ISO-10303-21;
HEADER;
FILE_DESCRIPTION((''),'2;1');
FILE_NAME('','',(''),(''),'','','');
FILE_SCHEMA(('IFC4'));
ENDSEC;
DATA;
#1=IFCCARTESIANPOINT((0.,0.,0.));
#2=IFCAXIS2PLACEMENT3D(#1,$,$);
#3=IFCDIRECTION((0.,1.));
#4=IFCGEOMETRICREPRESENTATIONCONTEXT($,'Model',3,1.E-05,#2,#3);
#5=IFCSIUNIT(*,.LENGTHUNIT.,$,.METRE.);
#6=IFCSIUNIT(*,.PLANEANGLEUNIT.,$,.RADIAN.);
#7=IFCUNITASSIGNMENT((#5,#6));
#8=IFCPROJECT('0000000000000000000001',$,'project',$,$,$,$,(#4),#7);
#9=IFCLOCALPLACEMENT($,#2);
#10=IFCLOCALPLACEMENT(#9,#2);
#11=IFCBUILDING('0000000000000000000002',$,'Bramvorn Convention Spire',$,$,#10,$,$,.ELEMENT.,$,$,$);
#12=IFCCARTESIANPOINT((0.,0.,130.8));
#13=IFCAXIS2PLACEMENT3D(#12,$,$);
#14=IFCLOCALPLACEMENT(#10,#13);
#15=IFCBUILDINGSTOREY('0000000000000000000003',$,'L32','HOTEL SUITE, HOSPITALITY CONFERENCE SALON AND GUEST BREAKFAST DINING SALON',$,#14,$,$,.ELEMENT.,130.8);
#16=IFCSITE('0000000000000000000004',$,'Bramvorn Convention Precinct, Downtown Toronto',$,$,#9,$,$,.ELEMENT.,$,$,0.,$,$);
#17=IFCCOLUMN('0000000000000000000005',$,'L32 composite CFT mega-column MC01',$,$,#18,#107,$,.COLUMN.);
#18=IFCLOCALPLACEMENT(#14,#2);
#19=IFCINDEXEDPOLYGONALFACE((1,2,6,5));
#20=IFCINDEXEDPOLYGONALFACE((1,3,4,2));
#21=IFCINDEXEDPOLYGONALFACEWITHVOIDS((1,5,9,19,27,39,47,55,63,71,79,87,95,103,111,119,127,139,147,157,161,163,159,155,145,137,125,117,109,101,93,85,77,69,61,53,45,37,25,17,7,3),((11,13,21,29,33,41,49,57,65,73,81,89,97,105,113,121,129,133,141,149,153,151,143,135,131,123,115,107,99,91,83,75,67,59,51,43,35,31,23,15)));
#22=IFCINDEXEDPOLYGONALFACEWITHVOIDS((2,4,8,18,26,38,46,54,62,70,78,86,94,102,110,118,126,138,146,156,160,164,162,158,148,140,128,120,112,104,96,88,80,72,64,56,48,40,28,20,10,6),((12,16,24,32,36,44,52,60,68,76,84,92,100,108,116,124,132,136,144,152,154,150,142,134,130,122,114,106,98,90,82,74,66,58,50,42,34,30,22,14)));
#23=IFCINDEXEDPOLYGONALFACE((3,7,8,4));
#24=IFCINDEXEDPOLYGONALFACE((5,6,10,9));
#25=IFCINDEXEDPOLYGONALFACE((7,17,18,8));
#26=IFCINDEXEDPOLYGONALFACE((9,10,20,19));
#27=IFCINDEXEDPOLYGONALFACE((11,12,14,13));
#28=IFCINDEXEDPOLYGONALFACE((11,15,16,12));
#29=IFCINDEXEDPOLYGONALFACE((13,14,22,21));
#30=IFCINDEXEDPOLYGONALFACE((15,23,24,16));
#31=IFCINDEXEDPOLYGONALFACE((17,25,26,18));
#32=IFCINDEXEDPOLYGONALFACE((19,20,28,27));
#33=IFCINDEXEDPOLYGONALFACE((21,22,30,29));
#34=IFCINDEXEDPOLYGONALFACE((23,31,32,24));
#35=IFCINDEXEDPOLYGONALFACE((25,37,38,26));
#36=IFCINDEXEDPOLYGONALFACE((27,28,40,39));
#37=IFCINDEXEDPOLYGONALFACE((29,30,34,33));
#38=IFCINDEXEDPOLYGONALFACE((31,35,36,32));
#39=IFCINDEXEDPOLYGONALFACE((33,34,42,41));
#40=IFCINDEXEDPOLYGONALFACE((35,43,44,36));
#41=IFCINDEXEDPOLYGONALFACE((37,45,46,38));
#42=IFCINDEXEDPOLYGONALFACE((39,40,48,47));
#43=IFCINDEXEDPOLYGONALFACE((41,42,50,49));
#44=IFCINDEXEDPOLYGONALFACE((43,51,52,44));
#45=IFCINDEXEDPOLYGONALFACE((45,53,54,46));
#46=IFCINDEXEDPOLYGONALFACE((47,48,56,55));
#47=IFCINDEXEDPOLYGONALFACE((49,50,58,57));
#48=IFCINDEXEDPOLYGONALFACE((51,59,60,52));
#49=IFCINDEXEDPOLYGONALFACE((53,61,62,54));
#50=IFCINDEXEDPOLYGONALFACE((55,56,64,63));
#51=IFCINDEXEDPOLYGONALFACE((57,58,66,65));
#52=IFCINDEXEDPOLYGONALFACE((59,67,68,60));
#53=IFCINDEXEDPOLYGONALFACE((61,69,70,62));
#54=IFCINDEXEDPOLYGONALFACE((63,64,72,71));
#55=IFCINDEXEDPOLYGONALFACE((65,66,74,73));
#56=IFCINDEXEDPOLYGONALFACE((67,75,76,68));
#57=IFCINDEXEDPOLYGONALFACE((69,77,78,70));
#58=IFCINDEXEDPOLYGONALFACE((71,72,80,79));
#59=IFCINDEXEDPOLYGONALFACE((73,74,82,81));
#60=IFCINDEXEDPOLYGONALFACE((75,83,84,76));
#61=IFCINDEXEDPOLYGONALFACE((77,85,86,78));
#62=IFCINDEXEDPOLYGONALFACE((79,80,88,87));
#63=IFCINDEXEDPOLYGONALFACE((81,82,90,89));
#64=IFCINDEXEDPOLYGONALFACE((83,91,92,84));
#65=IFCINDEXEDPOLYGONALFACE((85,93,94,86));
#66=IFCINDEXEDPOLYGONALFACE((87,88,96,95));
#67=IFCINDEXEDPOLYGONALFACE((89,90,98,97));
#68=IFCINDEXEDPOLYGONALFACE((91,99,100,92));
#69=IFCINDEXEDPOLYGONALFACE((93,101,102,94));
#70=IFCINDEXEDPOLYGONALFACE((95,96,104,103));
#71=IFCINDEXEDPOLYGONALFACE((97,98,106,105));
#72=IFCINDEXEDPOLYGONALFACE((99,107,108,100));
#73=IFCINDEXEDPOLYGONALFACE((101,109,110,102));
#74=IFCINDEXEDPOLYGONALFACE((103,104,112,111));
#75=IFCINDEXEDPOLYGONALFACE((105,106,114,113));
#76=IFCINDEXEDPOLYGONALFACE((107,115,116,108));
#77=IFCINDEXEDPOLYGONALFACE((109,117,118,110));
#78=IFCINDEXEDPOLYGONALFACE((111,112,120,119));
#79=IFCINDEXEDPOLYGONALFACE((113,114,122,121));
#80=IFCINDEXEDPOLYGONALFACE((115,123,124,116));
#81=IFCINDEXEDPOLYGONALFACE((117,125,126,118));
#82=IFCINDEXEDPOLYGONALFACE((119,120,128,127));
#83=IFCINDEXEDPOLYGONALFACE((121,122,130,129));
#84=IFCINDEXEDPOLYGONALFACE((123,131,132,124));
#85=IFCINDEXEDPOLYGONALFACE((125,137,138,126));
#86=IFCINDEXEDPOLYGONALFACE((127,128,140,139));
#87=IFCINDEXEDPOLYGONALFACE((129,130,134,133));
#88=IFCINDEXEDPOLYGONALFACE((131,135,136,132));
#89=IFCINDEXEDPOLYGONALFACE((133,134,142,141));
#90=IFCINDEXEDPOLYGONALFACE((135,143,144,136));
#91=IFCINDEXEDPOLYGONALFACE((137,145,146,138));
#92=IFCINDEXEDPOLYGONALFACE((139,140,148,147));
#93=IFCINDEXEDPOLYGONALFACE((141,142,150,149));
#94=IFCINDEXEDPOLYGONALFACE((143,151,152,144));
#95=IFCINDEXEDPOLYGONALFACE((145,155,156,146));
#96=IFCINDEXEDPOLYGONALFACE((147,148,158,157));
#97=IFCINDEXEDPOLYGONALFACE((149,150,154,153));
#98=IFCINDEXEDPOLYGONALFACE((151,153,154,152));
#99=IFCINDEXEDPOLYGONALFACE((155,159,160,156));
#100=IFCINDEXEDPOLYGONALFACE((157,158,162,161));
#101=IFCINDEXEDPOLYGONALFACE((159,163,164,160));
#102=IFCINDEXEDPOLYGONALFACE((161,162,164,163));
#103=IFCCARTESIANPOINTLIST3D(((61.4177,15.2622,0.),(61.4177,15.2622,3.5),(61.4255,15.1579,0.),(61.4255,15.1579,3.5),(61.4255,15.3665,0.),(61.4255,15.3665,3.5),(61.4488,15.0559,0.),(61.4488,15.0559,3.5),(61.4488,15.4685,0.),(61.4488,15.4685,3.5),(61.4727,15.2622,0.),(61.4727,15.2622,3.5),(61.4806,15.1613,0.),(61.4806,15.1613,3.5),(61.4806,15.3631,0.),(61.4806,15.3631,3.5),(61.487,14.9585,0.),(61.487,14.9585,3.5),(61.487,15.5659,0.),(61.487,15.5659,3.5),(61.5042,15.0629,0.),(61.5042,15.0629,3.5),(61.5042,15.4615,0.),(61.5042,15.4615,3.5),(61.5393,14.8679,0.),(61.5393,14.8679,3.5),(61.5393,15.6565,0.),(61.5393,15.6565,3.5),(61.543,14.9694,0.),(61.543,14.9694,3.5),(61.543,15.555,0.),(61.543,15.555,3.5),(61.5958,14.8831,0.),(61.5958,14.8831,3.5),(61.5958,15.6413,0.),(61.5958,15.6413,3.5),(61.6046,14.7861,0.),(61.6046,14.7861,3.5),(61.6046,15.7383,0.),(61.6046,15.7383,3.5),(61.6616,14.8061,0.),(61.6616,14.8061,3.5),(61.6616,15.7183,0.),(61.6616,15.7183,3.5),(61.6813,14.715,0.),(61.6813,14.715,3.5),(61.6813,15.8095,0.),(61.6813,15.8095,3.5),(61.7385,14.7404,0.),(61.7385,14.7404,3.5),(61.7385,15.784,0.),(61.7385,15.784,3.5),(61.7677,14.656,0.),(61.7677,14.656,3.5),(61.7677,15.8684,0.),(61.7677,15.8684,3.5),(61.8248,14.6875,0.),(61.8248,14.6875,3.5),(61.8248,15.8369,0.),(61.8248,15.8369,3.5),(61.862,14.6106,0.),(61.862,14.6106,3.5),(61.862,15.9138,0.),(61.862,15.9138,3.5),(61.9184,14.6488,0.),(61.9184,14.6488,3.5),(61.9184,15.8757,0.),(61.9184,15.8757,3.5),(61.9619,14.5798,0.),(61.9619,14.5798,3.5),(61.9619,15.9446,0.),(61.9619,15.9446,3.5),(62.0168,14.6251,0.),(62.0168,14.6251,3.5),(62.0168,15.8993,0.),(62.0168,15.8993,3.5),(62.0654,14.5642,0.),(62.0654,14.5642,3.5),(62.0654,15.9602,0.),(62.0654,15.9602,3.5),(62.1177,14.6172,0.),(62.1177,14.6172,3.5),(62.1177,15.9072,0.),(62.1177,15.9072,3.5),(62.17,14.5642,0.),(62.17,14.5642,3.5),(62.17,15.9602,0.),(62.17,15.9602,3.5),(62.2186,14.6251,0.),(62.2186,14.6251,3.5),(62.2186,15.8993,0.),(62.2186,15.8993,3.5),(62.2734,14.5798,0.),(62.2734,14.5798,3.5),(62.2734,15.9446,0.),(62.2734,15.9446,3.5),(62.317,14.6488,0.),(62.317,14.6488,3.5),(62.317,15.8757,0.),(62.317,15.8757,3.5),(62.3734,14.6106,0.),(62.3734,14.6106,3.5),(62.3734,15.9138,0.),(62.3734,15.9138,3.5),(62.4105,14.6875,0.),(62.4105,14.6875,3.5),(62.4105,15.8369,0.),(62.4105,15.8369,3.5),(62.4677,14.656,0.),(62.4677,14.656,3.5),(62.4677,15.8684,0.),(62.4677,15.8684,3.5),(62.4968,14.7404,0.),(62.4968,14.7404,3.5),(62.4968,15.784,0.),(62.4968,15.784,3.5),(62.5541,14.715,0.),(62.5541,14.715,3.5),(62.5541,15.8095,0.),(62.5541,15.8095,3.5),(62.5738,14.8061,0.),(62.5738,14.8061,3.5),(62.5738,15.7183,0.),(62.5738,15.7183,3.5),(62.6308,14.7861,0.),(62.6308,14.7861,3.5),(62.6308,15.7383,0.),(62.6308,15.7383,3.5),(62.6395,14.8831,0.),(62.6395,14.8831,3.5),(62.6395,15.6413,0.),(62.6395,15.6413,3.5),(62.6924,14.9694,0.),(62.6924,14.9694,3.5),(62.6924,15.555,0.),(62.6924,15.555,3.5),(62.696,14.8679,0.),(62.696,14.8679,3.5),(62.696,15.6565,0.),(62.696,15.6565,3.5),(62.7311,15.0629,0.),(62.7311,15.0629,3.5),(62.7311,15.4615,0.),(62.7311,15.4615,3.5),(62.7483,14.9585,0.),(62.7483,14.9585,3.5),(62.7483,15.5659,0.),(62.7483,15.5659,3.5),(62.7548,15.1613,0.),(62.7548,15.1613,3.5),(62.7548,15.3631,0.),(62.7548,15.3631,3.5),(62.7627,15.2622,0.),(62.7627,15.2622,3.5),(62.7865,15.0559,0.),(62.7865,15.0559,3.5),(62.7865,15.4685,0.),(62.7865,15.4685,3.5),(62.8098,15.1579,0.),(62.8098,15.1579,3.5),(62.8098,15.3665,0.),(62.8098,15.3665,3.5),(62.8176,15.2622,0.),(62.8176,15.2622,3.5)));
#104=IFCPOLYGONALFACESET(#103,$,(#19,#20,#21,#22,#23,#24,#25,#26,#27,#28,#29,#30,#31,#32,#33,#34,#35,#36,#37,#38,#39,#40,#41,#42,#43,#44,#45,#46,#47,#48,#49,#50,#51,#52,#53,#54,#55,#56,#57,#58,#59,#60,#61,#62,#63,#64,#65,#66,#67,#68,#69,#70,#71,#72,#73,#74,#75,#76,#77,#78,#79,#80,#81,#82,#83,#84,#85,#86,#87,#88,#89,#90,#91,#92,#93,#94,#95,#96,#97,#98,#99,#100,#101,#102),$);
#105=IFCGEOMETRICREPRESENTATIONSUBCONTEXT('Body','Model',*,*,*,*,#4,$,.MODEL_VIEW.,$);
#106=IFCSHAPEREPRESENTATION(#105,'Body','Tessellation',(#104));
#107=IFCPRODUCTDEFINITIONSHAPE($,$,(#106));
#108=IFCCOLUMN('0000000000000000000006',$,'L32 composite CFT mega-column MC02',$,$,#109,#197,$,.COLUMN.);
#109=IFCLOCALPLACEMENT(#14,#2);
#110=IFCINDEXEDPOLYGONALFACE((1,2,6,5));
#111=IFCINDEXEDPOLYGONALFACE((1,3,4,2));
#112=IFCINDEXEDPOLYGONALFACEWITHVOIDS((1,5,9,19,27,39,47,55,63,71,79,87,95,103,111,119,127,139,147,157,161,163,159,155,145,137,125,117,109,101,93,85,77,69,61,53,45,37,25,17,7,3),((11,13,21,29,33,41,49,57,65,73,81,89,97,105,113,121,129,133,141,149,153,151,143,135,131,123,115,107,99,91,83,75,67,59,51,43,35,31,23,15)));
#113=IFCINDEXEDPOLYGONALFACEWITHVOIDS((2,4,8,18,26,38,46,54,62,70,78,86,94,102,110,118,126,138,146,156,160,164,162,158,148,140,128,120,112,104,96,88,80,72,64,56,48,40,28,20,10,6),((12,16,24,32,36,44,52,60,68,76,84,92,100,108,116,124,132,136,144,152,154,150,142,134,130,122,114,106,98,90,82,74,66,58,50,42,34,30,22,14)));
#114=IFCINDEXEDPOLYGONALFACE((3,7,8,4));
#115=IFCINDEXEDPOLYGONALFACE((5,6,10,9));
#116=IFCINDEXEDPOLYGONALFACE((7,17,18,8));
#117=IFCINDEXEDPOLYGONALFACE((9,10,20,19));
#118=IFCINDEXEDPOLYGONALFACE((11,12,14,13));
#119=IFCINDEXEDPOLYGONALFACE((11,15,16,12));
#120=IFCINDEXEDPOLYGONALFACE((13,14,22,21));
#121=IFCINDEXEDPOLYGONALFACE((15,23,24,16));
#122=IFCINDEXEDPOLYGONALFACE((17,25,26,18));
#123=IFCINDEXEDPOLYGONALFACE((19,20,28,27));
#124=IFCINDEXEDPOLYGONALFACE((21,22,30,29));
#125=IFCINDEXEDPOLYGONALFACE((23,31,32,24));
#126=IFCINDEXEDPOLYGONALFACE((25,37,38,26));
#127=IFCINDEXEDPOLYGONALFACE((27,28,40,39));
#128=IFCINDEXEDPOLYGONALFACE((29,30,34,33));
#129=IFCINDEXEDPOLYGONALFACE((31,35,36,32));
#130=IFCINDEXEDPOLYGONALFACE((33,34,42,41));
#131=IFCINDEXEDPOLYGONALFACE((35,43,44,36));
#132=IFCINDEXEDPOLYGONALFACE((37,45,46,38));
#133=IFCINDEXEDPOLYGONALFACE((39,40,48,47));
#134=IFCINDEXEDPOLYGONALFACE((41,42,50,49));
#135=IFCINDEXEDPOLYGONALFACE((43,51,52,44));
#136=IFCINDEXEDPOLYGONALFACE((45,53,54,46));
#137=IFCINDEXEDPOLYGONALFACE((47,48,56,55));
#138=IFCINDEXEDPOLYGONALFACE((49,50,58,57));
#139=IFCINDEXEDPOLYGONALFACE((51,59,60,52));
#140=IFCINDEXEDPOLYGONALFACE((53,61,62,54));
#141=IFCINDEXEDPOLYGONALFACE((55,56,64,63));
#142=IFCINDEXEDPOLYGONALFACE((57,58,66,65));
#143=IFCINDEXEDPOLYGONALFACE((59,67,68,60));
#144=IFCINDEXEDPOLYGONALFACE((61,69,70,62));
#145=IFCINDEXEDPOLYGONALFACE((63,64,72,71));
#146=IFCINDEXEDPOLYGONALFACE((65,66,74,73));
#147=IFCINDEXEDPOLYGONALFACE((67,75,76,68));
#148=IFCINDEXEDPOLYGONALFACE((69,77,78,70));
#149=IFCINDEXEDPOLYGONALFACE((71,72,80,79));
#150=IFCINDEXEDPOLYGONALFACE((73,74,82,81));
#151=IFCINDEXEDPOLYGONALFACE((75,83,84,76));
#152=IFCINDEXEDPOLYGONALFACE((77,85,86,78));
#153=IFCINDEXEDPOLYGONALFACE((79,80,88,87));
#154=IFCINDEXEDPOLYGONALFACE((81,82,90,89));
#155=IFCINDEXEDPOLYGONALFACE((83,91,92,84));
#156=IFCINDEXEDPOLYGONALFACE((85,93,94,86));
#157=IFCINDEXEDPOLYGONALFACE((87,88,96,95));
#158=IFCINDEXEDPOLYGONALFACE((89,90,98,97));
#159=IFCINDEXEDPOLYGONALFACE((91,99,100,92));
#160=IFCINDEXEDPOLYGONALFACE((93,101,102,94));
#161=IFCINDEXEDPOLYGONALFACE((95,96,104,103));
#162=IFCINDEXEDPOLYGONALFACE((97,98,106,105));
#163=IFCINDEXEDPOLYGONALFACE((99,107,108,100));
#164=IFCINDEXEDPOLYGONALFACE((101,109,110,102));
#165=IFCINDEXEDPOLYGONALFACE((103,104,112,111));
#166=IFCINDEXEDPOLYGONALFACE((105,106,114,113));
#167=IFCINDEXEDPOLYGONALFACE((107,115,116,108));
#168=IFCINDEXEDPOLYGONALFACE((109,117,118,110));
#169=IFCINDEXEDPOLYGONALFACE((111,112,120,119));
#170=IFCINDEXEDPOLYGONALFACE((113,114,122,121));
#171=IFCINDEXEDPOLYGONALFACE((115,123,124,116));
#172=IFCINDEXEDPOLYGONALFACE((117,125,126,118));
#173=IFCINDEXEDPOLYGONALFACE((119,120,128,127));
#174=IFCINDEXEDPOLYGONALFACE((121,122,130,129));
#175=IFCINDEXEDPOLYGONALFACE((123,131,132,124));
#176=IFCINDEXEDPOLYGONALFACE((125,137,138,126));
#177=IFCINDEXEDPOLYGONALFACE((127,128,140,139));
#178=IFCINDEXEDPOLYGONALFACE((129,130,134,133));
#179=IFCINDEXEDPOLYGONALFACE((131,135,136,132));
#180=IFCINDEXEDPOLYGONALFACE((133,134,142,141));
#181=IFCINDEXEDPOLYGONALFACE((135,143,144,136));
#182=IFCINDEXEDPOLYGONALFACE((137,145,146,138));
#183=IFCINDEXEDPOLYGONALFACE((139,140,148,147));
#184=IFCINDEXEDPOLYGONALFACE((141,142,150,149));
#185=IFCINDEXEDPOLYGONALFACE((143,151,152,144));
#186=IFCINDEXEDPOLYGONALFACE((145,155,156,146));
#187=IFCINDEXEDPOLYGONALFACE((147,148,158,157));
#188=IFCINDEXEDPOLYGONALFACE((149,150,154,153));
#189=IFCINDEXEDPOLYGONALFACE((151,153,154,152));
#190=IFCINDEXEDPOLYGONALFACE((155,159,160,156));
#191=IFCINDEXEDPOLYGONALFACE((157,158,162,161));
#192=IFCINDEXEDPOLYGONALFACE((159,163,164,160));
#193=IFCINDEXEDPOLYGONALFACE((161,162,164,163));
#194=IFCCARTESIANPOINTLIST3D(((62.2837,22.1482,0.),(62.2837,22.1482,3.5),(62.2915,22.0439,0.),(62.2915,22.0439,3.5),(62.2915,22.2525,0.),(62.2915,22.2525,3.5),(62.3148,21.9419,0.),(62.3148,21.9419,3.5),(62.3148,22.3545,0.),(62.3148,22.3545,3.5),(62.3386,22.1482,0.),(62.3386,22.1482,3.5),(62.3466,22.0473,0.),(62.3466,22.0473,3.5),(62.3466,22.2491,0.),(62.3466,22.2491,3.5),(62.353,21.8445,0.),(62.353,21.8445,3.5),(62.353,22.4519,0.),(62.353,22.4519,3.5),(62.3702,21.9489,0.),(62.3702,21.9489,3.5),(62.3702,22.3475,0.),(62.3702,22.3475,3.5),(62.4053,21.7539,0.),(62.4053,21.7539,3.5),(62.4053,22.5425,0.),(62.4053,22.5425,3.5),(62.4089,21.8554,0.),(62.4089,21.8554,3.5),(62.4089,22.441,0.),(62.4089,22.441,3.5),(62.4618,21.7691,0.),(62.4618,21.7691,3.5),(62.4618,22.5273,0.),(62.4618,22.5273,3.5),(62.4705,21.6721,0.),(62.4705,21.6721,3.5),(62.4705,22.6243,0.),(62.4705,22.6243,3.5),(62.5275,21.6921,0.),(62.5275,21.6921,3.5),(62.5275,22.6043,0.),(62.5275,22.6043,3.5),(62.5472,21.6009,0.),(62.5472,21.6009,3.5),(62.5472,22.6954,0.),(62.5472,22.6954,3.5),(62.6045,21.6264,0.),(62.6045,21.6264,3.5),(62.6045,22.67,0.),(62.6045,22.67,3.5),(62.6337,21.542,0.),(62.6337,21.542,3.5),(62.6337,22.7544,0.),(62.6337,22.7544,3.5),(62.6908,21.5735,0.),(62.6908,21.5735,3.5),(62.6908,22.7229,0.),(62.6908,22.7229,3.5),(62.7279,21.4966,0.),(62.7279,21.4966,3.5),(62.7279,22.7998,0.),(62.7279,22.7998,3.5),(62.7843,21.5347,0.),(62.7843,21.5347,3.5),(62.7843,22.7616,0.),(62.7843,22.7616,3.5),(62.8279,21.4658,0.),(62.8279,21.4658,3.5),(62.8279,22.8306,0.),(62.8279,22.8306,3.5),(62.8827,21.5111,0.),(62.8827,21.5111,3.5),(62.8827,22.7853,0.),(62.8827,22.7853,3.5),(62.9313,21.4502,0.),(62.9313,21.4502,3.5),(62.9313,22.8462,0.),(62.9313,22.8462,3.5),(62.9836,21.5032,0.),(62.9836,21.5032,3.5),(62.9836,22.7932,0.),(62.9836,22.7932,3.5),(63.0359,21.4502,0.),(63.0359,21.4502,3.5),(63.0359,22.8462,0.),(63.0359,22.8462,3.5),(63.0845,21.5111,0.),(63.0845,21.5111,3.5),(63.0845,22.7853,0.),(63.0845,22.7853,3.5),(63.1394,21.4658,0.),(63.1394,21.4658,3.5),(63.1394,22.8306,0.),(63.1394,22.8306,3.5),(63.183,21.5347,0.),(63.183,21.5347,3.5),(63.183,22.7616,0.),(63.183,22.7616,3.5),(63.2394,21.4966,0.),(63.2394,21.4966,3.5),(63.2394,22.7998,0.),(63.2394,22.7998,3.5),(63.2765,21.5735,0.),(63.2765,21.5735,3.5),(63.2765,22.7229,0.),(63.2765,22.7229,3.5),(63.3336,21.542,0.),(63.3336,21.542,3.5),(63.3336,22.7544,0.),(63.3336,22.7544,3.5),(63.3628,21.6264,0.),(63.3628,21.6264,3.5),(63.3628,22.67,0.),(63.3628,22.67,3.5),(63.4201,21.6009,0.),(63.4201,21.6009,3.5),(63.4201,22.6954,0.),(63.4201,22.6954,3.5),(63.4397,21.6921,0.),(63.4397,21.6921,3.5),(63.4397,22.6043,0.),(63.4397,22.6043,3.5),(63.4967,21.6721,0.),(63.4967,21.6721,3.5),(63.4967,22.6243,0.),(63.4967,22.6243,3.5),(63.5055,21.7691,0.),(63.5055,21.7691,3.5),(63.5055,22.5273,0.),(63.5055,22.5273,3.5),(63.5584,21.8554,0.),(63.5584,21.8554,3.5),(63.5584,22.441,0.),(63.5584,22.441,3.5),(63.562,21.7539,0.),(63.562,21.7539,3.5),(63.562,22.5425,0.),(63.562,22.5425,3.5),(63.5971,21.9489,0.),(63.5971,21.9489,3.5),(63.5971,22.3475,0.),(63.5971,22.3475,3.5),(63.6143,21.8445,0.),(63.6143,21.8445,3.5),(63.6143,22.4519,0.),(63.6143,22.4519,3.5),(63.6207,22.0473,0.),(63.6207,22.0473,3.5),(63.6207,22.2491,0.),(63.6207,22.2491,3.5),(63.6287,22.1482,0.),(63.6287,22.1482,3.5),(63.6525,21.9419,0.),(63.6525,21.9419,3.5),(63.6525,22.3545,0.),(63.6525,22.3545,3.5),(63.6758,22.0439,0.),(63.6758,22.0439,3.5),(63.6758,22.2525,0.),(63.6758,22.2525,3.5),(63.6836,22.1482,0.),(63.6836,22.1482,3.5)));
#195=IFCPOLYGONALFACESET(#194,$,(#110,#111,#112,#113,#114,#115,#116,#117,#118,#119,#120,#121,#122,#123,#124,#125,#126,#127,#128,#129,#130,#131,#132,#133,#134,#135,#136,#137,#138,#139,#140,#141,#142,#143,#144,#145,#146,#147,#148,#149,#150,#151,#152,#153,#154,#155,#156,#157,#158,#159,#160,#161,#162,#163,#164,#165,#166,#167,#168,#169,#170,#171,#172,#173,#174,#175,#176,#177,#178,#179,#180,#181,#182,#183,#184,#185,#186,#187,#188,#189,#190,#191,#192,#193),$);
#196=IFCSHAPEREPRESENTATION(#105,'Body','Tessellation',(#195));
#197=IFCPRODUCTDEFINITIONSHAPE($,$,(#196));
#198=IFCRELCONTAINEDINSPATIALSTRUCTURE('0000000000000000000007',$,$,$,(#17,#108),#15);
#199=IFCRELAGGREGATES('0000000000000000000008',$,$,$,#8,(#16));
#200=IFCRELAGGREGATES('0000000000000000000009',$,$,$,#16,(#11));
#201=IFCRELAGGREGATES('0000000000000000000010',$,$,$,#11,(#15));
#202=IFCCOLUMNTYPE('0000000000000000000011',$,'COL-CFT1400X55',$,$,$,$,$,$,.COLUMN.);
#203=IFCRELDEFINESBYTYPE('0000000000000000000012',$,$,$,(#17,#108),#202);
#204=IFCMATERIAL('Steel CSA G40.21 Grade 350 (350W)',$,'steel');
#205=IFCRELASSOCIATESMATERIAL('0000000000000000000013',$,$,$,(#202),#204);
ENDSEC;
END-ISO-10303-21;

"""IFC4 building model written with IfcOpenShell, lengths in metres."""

from ifc_helpers import new_model, si_unit, direction, frame, origin, origin_2d, place, context, subcontext, project, spatial, hollow_circle, extrude, material, material_profile, profile_set, type_object, element, save


model = new_model("IFC4")

# Units and contexts
model_context = context("Model", 3, precision=1e-05, world=origin(), true_north=direction((0.0, 1.0)))
body_context = subcontext(model_context, "Body", "Model", "MODEL_VIEW")
ifc_project = project(units=[si_unit("LENGTHUNIT", "METRE"), si_unit("PLANEANGLEUNIT", "RADIAN")], contexts=[model_context])

# Site, building, storey
site_placement = place(None, origin())
site = spatial("IfcSite", under=ifc_project, at=site_placement, Name="Bramvorn Convention Precinct, Downtown Toronto", CompositionType="ELEMENT", RefElevation=0.0)
building_placement = place(site_placement, origin())
building = spatial("IfcBuilding", under=site, at=building_placement, Name="Bramvorn Convention Spire", CompositionType="ELEMENT")
storey_placement = place(building_placement, frame((0.0, 0.0, 130.8)))
storey = spatial("IfcBuildingStorey", under=building, at=storey_placement, Name="L32", Description="HOTEL SUITE, HOSPITALITY CONFERENCE SALON AND GUEST BREAKFAST DINING SALON", CompositionType="ELEMENT", Elevation=130.8)

# Columns
ifc_material_1 = material(Name="Steel CSA G40.21 Grade 350 (350W)", Category="steel")
ifc_material_profile_1 = material_profile(ifc_material_1, hollow_circle(Radius=0.7, WallThickness=0.0549, at=origin_2d()))
ifc_profile_set_1 = profile_set([ifc_material_profile_1], Name="Steel CSA G40.21 Grade 350 (350W) - CFT1400X55")
column_type = type_object("IfcColumnType", Name="COL-CFT1400X55", PredefinedType="COLUMN", material=ifc_profile_set_1)
for number, where, z_axis, x_axis, name in (
    (1, (62.1177, 15.2622, 0.0), (0.0, 0.0, 1.0), (1.0, 0.0, 0.0), "L32 composite CFT mega-column MC01"),
    (2, (62.9836, 22.1482, 0.0), (0.0, 0.0, 1.0), (1.0, 0.0, 0.0), "L32 composite CFT mega-column MC02"),
):
    element("IfcColumn", number, at=place(storey_placement, frame(where, z_axis=z_axis, x_axis=x_axis)), inside=storey, type_object=column_type, Name=name, PredefinedType="COLUMN", context=body_context, shape_type="SweptSolid", body=[
        extrude(hollow_circle(Radius=0.7, WallThickness=0.0549, at=origin_2d()), origin(), (0.0, 0.0, 1.0), 3.5),
    ])

save(model, "model.ifc")
